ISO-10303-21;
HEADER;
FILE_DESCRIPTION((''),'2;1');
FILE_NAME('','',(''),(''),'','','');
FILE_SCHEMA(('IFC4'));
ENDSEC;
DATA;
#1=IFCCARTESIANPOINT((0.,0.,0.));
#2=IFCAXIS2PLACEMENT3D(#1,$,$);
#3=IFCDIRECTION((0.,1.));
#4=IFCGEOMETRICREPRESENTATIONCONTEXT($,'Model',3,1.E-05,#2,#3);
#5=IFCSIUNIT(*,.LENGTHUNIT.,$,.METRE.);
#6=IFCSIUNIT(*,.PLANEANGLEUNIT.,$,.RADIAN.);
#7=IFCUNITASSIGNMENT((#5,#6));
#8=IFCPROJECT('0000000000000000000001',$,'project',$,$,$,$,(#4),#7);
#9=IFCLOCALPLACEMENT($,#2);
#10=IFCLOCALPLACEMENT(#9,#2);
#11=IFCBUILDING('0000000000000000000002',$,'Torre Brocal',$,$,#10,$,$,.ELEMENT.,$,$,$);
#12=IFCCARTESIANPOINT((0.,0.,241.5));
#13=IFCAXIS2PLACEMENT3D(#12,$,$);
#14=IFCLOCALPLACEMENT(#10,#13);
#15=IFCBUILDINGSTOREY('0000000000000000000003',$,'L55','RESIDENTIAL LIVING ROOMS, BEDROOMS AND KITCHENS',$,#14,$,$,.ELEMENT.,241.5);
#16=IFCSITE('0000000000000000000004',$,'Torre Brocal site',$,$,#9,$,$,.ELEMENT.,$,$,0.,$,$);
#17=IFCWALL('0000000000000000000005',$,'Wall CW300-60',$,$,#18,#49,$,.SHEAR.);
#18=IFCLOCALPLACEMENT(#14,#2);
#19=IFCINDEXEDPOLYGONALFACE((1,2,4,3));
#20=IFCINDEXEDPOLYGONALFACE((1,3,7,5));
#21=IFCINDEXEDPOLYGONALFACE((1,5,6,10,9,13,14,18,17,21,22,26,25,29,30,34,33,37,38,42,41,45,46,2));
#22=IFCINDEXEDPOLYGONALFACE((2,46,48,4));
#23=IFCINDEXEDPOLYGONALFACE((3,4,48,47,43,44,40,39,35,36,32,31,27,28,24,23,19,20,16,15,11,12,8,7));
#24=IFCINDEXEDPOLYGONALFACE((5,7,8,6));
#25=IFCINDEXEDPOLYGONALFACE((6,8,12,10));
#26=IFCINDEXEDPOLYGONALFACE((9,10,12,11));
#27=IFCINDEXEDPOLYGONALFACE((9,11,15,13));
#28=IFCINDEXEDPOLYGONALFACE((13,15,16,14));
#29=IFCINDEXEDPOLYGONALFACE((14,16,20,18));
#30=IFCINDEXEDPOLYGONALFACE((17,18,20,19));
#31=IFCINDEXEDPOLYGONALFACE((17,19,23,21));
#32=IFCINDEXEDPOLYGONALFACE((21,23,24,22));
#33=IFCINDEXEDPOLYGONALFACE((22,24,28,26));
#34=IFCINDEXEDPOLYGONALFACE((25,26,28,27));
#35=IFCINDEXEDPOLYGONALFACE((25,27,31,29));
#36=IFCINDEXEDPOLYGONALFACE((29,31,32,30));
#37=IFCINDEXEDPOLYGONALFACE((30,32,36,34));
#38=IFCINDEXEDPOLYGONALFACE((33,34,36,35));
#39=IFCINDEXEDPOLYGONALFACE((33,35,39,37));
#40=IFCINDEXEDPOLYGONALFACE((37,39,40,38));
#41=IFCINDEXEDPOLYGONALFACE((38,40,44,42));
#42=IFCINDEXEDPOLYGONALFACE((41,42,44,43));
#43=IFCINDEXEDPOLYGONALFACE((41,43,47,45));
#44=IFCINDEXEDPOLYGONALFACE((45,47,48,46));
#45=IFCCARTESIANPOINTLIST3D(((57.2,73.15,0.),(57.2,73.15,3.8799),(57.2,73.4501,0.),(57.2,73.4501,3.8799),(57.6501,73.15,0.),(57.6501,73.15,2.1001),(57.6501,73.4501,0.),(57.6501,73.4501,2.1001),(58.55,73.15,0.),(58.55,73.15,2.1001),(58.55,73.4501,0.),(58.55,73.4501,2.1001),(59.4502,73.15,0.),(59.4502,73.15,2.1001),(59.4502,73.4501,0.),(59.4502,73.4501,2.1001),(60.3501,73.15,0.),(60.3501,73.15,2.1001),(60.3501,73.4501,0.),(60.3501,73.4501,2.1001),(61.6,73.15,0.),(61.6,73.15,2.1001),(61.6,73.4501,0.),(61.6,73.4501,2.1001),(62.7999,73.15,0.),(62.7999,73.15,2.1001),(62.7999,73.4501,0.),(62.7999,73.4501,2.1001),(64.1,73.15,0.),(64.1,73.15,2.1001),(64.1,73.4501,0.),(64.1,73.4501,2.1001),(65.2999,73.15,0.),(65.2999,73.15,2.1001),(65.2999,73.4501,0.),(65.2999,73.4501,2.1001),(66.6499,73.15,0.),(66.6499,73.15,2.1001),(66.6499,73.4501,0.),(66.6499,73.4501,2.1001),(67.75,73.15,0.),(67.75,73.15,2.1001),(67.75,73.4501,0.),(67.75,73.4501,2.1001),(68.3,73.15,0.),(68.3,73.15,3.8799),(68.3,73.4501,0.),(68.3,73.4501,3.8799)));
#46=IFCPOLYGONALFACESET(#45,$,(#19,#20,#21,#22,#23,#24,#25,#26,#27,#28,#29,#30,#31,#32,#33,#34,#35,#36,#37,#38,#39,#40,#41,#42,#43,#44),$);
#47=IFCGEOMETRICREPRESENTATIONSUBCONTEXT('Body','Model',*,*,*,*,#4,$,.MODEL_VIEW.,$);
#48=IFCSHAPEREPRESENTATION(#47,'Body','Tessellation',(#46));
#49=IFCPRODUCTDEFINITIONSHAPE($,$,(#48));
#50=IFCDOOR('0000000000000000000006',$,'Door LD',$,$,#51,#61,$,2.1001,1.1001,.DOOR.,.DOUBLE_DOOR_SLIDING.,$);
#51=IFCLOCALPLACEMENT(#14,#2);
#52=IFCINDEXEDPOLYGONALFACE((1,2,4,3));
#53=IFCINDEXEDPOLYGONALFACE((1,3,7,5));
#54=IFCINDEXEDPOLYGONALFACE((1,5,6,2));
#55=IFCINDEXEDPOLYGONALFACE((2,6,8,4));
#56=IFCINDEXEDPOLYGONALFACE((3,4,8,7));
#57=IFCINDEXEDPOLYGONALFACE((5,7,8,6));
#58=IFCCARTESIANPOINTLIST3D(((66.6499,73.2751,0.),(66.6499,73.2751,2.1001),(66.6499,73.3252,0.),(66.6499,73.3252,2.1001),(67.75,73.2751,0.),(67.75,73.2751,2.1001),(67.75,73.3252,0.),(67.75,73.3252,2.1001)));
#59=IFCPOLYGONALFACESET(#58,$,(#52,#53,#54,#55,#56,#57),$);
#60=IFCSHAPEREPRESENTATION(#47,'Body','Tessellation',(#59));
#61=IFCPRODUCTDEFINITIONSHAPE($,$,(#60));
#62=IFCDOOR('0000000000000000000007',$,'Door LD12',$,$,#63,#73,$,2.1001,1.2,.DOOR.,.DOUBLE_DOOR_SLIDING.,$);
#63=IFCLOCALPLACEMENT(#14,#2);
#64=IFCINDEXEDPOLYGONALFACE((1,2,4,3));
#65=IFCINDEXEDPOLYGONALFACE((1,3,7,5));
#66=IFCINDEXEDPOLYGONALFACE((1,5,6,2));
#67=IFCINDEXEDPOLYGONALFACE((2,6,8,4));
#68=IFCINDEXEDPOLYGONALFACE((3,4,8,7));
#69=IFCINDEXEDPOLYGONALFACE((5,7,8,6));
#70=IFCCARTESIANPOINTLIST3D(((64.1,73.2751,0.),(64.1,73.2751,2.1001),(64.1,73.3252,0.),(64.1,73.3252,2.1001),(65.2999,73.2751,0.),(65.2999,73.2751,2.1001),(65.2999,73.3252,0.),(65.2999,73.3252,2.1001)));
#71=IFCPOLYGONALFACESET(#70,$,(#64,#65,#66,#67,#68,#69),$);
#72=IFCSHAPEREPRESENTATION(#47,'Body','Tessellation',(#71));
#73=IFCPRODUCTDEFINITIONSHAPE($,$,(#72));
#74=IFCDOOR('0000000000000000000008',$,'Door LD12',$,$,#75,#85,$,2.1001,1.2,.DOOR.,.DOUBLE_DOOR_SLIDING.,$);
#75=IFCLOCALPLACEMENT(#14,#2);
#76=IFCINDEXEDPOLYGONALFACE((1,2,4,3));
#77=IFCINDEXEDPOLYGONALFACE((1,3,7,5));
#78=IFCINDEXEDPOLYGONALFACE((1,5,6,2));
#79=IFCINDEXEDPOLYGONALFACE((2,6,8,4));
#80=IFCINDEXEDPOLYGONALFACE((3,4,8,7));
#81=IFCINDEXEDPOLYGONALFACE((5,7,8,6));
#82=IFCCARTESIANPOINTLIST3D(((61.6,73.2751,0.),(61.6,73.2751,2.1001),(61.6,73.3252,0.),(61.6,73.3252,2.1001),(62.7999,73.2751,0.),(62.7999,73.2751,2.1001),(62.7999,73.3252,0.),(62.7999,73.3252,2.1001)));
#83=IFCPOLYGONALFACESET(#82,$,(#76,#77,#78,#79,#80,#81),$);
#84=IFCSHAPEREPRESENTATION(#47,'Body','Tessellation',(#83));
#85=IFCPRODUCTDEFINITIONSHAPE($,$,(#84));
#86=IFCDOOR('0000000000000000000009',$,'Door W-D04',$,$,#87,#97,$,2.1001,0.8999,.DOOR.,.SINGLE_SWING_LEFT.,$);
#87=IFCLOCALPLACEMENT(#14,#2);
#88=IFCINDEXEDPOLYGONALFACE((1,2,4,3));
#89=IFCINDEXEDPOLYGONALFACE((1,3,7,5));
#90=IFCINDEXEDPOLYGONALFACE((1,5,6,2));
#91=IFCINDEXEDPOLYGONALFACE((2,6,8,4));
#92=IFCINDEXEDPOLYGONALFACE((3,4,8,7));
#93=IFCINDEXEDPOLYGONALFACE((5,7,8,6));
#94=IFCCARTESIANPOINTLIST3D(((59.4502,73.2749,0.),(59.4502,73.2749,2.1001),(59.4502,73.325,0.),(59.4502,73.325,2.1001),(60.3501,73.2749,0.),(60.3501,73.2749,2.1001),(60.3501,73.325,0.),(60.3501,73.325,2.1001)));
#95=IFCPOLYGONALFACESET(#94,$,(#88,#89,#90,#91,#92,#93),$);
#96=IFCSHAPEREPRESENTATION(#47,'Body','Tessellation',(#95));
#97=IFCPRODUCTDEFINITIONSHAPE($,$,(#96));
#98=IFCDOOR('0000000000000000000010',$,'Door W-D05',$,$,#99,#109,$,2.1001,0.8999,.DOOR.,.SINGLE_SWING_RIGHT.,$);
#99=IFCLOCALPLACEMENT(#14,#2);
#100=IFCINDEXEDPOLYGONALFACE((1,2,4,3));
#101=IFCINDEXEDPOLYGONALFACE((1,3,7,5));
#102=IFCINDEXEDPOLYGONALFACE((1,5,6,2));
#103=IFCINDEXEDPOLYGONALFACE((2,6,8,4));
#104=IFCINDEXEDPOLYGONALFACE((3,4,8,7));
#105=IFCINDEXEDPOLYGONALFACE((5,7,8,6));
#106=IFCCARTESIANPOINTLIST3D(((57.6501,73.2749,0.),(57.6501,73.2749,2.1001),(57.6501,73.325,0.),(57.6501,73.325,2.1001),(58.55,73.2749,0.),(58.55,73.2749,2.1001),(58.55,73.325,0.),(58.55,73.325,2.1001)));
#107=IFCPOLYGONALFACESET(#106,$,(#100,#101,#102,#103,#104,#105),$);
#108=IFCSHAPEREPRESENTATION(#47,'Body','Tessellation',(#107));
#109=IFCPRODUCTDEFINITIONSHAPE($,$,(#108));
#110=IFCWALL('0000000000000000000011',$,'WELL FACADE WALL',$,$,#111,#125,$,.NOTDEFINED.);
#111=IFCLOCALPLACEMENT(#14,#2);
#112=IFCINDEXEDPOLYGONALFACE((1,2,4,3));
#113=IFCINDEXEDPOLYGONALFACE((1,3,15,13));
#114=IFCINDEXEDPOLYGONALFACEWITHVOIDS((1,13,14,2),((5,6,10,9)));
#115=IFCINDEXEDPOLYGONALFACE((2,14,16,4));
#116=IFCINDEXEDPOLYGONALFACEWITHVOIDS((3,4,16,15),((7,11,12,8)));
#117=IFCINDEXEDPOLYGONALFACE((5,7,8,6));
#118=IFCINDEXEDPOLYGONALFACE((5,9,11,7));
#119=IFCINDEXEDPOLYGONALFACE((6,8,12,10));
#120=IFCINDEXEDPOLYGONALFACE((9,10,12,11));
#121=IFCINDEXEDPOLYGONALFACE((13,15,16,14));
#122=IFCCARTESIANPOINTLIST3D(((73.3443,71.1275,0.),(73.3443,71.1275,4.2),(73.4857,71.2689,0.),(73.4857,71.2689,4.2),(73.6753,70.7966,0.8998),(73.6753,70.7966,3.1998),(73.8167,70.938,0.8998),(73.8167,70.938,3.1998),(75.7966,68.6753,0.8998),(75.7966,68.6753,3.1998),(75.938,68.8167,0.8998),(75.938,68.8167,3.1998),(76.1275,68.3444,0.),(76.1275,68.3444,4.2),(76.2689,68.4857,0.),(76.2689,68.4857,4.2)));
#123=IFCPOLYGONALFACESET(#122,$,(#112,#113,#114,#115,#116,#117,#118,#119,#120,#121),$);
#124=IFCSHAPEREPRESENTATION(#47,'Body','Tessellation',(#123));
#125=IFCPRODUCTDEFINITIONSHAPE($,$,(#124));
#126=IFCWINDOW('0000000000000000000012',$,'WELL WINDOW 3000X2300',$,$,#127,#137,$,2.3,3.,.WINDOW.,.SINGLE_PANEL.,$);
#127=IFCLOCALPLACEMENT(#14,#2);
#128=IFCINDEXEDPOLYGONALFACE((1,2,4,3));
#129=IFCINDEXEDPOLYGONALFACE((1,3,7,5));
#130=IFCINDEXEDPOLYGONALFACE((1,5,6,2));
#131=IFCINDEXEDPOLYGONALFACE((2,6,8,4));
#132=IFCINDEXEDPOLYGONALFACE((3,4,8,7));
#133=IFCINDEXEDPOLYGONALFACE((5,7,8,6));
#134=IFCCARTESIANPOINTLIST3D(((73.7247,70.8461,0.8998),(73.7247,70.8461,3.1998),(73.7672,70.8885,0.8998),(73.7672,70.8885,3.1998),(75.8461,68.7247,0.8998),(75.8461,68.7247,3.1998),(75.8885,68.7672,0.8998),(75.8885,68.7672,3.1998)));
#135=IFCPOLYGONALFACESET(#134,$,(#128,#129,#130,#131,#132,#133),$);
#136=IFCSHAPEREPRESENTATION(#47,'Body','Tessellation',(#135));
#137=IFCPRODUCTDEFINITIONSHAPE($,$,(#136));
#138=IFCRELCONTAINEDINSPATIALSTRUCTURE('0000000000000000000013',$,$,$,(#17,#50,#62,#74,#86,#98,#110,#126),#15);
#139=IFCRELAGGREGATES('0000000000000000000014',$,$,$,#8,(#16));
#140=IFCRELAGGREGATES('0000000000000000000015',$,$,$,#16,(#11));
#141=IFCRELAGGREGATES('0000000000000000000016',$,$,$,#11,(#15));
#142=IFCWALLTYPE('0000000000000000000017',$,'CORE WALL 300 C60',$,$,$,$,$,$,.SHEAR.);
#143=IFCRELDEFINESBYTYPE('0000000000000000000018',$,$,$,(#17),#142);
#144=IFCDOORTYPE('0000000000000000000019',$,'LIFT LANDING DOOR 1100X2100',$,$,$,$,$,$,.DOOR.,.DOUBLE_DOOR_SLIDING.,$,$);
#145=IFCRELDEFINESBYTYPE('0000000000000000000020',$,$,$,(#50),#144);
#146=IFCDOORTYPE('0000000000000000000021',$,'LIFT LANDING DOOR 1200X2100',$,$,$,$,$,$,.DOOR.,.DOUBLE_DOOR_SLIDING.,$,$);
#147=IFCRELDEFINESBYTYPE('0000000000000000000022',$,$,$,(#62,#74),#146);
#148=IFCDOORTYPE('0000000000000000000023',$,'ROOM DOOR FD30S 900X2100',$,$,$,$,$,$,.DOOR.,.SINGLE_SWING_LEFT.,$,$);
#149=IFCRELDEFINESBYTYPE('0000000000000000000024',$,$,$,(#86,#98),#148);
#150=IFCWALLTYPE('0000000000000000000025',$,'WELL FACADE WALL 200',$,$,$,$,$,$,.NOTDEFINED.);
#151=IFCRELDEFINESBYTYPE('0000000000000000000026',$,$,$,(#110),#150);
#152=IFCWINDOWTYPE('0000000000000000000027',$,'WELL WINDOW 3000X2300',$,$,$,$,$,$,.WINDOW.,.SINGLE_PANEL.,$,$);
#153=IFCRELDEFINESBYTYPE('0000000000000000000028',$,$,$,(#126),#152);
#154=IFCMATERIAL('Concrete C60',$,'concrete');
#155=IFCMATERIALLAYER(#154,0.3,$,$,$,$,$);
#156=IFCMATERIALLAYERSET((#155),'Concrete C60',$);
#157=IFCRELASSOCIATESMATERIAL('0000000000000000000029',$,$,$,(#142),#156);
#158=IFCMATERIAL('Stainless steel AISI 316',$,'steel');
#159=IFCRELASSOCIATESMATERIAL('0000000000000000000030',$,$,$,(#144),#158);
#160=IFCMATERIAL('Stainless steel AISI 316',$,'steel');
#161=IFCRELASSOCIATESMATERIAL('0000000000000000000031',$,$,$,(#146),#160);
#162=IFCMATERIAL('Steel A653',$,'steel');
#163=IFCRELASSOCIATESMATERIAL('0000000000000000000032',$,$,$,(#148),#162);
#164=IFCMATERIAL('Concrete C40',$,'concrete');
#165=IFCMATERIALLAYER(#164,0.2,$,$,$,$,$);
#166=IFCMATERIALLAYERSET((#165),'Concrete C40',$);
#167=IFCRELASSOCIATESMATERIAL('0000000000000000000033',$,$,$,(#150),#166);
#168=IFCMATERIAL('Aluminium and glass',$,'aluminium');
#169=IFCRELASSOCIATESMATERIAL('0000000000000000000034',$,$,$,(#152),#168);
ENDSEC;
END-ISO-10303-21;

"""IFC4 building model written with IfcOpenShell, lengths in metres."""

from ifc_helpers import new_model, si_unit, direction, frame, frame_2d, origin, place, context, subcontext, project, spatial, rectangle, extrude, material, layer, layer_set, type_object, element, fill, save


model = new_model("IFC4")

# Units and contexts
model_context = context("Model", 3, precision=1e-05, world=origin(), true_north=direction((0.0, 1.0)))
body_context = subcontext(model_context, "Body", "Model", "MODEL_VIEW")
ifc_project = project(units=[si_unit("LENGTHUNIT", "METRE"), si_unit("PLANEANGLEUNIT", "RADIAN")], contexts=[model_context])

# Site, building, storey
site_placement = place(None, origin())
site = spatial("IfcSite", under=ifc_project, at=site_placement, Name="Torre Brocal site", CompositionType="ELEMENT", RefElevation=0.0)
building_placement = place(site_placement, origin())
building = spatial("IfcBuilding", under=site, at=building_placement, Name="Torre Brocal", CompositionType="ELEMENT")
storey_placement = place(building_placement, frame((0.0, 0.0, 241.5)))
storey = spatial("IfcBuildingStorey", under=building, at=storey_placement, Name="L55", Description="RESIDENTIAL LIVING ROOMS, BEDROOMS AND KITCHENS", CompositionType="ELEMENT", Elevation=241.5)

# Shared definitions
ifc_material_1 = material(Name="Concrete C60", Category="concrete")
ifc_layer_1 = layer(ifc_material_1, 0.3)
ifc_layer_set_1 = layer_set([ifc_layer_1], Name="Concrete C60")
wall_type_1 = type_object("IfcWallType", Name="CORE WALL 300 C60", PredefinedType="SHEAR", material=ifc_layer_set_1)

# Wall, openings, doors
wall_1_placement = place(storey_placement, frame((68.3, 73.3, 0.0), z_axis=(0.0, 0.0, 1.0), x_axis=(-1.0, 0.0, 0.0)))
wall_1 = element("IfcWall", 1, at=wall_1_placement, inside=storey, type_object=wall_type_1, Name="Wall CW300-60", PredefinedType="SHEAR", context=body_context, shape_type="SweptSolid", body=[
    extrude(rectangle(XDim=11.1001, YDim=0.3, at=frame_2d((5.55, 0.0))), origin(), (0.0, 0.0, 1.0), 3.8799),
])
opening_1_placement = place(wall_1_placement, frame((0.55, 0.0, 0.0)))
opening_1 = element("IfcOpeningElement", 2, at=opening_1_placement, cuts=wall_1, PredefinedType="OPENING", context=body_context, shape_type="SweptSolid", body=[
    extrude(rectangle(XDim=1.1001, YDim=2.1001, at=frame_2d((0.55, 1.05))), frame((0.0, 0.1599, 0.0), z_axis=(0.0, -1.0, 0.0), x_axis=(1.0, 0.0, 0.0)), (0.0, 0.0, 1.0), 0.3201),
])
opening_2_placement = place(wall_1_placement, frame((3.0, 0.0, 0.0)))
opening_2 = element("IfcOpeningElement", 3, at=opening_2_placement, cuts=wall_1, PredefinedType="OPENING", context=body_context, shape_type="SweptSolid", body=[
    extrude(rectangle(XDim=1.2, YDim=2.1001, at=frame_2d((0.6001, 1.05))), frame((0.0, 0.1599, 0.0), z_axis=(0.0, -1.0, 0.0), x_axis=(1.0, 0.0, 0.0)), (0.0, 0.0, 1.0), 0.3201),
])
opening_3_placement = place(wall_1_placement, frame((5.5, 0.0, 0.0)))
opening_3 = element("IfcOpeningElement", 4, at=opening_3_placement, cuts=wall_1, PredefinedType="OPENING", context=body_context, shape_type="SweptSolid", body=[
    extrude(rectangle(XDim=1.2, YDim=2.1001, at=frame_2d((0.6001, 1.05))), frame((0.0, 0.1599, 0.0), z_axis=(0.0, -1.0, 0.0), x_axis=(1.0, 0.0, 0.0)), (0.0, 0.0, 1.0), 0.3201),
])
opening_4_placement = place(wall_1_placement, frame((7.95, 0.0, 0.0)))
opening_4 = element("IfcOpeningElement", 5, at=opening_4_placement, cuts=wall_1, PredefinedType="OPENING", context=body_context, shape_type="SweptSolid", body=[
    extrude(rectangle(XDim=0.8999, YDim=2.1001, at=frame_2d((0.45, 1.05))), frame((0.0, 0.1599, 0.0), z_axis=(0.0, -1.0, 0.0), x_axis=(1.0, 0.0, 0.0)), (0.0, 0.0, 1.0), 0.3201),
])
opening_5_placement = place(wall_1_placement, frame((9.75, 0.0, 0.0)))
opening_5 = element("IfcOpeningElement", 6, at=opening_5_placement, cuts=wall_1, PredefinedType="OPENING", context=body_context, shape_type="SweptSolid", body=[
    extrude(rectangle(XDim=0.8999, YDim=2.1001, at=frame_2d((0.45, 1.05))), frame((0.0, 0.1599, 0.0), z_axis=(0.0, -1.0, 0.0), x_axis=(1.0, 0.0, 0.0)), (0.0, 0.0, 1.0), 0.3201),
])
ifc_material_2 = material(Name="Stainless steel AISI 316", Category="steel")
door_type_1 = type_object("IfcDoorType", Name="LIFT LANDING DOOR 1100X2100", OperationType="DOUBLE_DOOR_SLIDING", PredefinedType="DOOR", material=ifc_material_2)
door_1_placement = place(opening_1_placement, origin())
door_1 = element("IfcDoor", 7, at=door_1_placement, inside=storey, type_object=door_type_1, Name="Door LD", OperationType="DOUBLE_DOOR_SLIDING", OverallHeight=2.1001, OverallWidth=1.1001, PredefinedType="DOOR", context=body_context, shape_type="SweptSolid", body=[
    extrude(rectangle(XDim=1.1001, YDim=2.1001, at=frame_2d((0.55, 1.05))), frame((0.0, 0.0249, 0.0), z_axis=(0.0, -1.0, 0.0), x_axis=(1.0, 0.0, 0.0)), (0.0, 0.0, 1.0), 0.05),
])
fill(opening_1, door_1)
ifc_material_3 = material(Name="Stainless steel AISI 316", Category="steel")
door_type_2 = type_object("IfcDoorType", Name="LIFT LANDING DOOR 1200X2100", OperationType="DOUBLE_DOOR_SLIDING", PredefinedType="DOOR", material=ifc_material_3)
door_2_placement = place(opening_2_placement, origin())
door_2 = element("IfcDoor", 8, at=door_2_placement, inside=storey, type_object=door_type_2, Name="Door LD12", OperationType="DOUBLE_DOOR_SLIDING", OverallHeight=2.1001, OverallWidth=1.2, PredefinedType="DOOR", context=body_context, shape_type="SweptSolid", body=[
    extrude(rectangle(XDim=1.2, YDim=2.1001, at=frame_2d((0.6001, 1.05))), frame((0.0, 0.0249, 0.0), z_axis=(0.0, -1.0, 0.0), x_axis=(1.0, 0.0, 0.0)), (0.0, 0.0, 1.0), 0.05),
])
fill(opening_2, door_2)
door_3_placement = place(opening_3_placement, origin())
door_3 = element("IfcDoor", 9, at=door_3_placement, inside=storey, type_object=door_type_2, Name="Door LD12", OperationType="DOUBLE_DOOR_SLIDING", OverallHeight=2.1001, OverallWidth=1.2, PredefinedType="DOOR", context=body_context, shape_type="SweptSolid", body=[
    extrude(rectangle(XDim=1.2, YDim=2.1001, at=frame_2d((0.6001, 1.05))), frame((0.0, 0.0249, 0.0), z_axis=(0.0, -1.0, 0.0), x_axis=(1.0, 0.0, 0.0)), (0.0, 0.0, 1.0), 0.05),
])
fill(opening_3, door_3)
ifc_material_4 = material(Name="Steel A653", Category="steel")
door_type_3 = type_object("IfcDoorType", Name="ROOM DOOR FD30S 900X2100", OperationType="SINGLE_SWING_LEFT", PredefinedType="DOOR", material=ifc_material_4)
door_4_placement = place(opening_4_placement, frame((0.8999, 0.0, 0.0), z_axis=(0.0, 0.0, 1.0), x_axis=(-1.0, 0.0, 0.0)))
door_4 = element("IfcDoor", 10, at=door_4_placement, inside=storey, type_object=door_type_3, Name="Door W-D04", OperationType="SINGLE_SWING_LEFT", OverallHeight=2.1001, OverallWidth=0.8999, PredefinedType="DOOR", context=body_context, shape_type="SweptSolid", body=[
    extrude(rectangle(XDim=0.8999, YDim=2.1001, at=frame_2d((0.45, 1.05))), frame((0.0, 0.0249, 0.0), z_axis=(0.0, -1.0, 0.0), x_axis=(1.0, 0.0, 0.0)), (0.0, 0.0, 1.0), 0.05),
])
fill(opening_4, door_4)
door_5_placement = place(opening_5_placement, frame((0.8999, 0.0, 0.0), z_axis=(0.0, 0.0, 1.0), x_axis=(-1.0, 0.0, 0.0)))
door_5 = element("IfcDoor", 11, at=door_5_placement, inside=storey, type_object=door_type_3, Name="Door W-D05", OperationType="SINGLE_SWING_RIGHT", OverallHeight=2.1001, OverallWidth=0.8999, PredefinedType="DOOR", context=body_context, shape_type="SweptSolid", body=[
    extrude(rectangle(XDim=0.8999, YDim=2.1001, at=frame_2d((0.45, 1.05))), frame((0.0, 0.0249, 0.0), z_axis=(0.0, -1.0, 0.0), x_axis=(1.0, 0.0, 0.0)), (0.0, 0.0, 1.0), 0.05),
])
fill(opening_5, door_5)

# Wall, opening, window
ifc_material_5 = material(Name="Concrete C40", Category="concrete")
ifc_layer_2 = layer(ifc_material_5, 0.2)
ifc_layer_set_2 = layer_set([ifc_layer_2], Name="Concrete C40")
wall_type_2 = type_object("IfcWallType", Name="WELL FACADE WALL 200", PredefinedType="NOTDEFINED", material=ifc_layer_set_2)
wall_2_placement = place(storey_placement, frame((73.415, 71.1982, 0.0), z_axis=(0.0, 0.0, 1.0), x_axis=(0.707107, -0.707107, 0.0)))
wall_2 = element("IfcWall", 12, at=wall_2_placement, inside=storey, type_object=wall_type_2, Name="WELL FACADE WALL", PredefinedType="NOTDEFINED", context=body_context, shape_type="SweptSolid", body=[
    extrude(rectangle(XDim=3.936, YDim=0.2, at=frame_2d((1.968, 0.0))), origin(), (0.0, 0.0, 1.0), 4.2),
])
opening_6_placement = place(wall_2_placement, frame((0.468, 0.0, 0.8999)))
opening_6 = element("IfcOpeningElement", 13, at=opening_6_placement, cuts=wall_2, PredefinedType="OPENING", context=body_context, shape_type="SweptSolid", body=[
    extrude(rectangle(XDim=3.0, YDim=2.3, at=frame_2d((1.5, 1.1499))), frame((0.0, 0.1099, 0.0), z_axis=(0.0, -1.0, 0.0), x_axis=(1.0, 0.0, 0.0)), (0.0, 0.0, 1.0), 0.22),
])
ifc_material_6 = material(Name="Aluminium and glass", Category="aluminium")
window_type = type_object("IfcWindowType", Name="WELL WINDOW 3000X2300", PartitioningType="SINGLE_PANEL", PredefinedType="WINDOW", material=ifc_material_6)
window_1_placement = place(opening_6_placement, origin())
window_1 = element("IfcWindow", 14, at=window_1_placement, inside=storey, type_object=window_type, Name="WELL WINDOW 3000X2300", OverallHeight=2.3, OverallWidth=3.0, PartitioningType="SINGLE_PANEL", PredefinedType="WINDOW", context=body_context, shape_type="SweptSolid", body=[
    extrude(rectangle(XDim=3.0, YDim=2.3, at=frame_2d((1.5, 1.1499))), frame((0.0, 0.03, 0.0), z_axis=(0.0, -1.0, 0.0), x_axis=(1.0, 0.0, 0.0)), (0.0, 0.0, 1.0), 0.0601),
])
fill(opening_6, window_1)

save(model, "model.ifc")
